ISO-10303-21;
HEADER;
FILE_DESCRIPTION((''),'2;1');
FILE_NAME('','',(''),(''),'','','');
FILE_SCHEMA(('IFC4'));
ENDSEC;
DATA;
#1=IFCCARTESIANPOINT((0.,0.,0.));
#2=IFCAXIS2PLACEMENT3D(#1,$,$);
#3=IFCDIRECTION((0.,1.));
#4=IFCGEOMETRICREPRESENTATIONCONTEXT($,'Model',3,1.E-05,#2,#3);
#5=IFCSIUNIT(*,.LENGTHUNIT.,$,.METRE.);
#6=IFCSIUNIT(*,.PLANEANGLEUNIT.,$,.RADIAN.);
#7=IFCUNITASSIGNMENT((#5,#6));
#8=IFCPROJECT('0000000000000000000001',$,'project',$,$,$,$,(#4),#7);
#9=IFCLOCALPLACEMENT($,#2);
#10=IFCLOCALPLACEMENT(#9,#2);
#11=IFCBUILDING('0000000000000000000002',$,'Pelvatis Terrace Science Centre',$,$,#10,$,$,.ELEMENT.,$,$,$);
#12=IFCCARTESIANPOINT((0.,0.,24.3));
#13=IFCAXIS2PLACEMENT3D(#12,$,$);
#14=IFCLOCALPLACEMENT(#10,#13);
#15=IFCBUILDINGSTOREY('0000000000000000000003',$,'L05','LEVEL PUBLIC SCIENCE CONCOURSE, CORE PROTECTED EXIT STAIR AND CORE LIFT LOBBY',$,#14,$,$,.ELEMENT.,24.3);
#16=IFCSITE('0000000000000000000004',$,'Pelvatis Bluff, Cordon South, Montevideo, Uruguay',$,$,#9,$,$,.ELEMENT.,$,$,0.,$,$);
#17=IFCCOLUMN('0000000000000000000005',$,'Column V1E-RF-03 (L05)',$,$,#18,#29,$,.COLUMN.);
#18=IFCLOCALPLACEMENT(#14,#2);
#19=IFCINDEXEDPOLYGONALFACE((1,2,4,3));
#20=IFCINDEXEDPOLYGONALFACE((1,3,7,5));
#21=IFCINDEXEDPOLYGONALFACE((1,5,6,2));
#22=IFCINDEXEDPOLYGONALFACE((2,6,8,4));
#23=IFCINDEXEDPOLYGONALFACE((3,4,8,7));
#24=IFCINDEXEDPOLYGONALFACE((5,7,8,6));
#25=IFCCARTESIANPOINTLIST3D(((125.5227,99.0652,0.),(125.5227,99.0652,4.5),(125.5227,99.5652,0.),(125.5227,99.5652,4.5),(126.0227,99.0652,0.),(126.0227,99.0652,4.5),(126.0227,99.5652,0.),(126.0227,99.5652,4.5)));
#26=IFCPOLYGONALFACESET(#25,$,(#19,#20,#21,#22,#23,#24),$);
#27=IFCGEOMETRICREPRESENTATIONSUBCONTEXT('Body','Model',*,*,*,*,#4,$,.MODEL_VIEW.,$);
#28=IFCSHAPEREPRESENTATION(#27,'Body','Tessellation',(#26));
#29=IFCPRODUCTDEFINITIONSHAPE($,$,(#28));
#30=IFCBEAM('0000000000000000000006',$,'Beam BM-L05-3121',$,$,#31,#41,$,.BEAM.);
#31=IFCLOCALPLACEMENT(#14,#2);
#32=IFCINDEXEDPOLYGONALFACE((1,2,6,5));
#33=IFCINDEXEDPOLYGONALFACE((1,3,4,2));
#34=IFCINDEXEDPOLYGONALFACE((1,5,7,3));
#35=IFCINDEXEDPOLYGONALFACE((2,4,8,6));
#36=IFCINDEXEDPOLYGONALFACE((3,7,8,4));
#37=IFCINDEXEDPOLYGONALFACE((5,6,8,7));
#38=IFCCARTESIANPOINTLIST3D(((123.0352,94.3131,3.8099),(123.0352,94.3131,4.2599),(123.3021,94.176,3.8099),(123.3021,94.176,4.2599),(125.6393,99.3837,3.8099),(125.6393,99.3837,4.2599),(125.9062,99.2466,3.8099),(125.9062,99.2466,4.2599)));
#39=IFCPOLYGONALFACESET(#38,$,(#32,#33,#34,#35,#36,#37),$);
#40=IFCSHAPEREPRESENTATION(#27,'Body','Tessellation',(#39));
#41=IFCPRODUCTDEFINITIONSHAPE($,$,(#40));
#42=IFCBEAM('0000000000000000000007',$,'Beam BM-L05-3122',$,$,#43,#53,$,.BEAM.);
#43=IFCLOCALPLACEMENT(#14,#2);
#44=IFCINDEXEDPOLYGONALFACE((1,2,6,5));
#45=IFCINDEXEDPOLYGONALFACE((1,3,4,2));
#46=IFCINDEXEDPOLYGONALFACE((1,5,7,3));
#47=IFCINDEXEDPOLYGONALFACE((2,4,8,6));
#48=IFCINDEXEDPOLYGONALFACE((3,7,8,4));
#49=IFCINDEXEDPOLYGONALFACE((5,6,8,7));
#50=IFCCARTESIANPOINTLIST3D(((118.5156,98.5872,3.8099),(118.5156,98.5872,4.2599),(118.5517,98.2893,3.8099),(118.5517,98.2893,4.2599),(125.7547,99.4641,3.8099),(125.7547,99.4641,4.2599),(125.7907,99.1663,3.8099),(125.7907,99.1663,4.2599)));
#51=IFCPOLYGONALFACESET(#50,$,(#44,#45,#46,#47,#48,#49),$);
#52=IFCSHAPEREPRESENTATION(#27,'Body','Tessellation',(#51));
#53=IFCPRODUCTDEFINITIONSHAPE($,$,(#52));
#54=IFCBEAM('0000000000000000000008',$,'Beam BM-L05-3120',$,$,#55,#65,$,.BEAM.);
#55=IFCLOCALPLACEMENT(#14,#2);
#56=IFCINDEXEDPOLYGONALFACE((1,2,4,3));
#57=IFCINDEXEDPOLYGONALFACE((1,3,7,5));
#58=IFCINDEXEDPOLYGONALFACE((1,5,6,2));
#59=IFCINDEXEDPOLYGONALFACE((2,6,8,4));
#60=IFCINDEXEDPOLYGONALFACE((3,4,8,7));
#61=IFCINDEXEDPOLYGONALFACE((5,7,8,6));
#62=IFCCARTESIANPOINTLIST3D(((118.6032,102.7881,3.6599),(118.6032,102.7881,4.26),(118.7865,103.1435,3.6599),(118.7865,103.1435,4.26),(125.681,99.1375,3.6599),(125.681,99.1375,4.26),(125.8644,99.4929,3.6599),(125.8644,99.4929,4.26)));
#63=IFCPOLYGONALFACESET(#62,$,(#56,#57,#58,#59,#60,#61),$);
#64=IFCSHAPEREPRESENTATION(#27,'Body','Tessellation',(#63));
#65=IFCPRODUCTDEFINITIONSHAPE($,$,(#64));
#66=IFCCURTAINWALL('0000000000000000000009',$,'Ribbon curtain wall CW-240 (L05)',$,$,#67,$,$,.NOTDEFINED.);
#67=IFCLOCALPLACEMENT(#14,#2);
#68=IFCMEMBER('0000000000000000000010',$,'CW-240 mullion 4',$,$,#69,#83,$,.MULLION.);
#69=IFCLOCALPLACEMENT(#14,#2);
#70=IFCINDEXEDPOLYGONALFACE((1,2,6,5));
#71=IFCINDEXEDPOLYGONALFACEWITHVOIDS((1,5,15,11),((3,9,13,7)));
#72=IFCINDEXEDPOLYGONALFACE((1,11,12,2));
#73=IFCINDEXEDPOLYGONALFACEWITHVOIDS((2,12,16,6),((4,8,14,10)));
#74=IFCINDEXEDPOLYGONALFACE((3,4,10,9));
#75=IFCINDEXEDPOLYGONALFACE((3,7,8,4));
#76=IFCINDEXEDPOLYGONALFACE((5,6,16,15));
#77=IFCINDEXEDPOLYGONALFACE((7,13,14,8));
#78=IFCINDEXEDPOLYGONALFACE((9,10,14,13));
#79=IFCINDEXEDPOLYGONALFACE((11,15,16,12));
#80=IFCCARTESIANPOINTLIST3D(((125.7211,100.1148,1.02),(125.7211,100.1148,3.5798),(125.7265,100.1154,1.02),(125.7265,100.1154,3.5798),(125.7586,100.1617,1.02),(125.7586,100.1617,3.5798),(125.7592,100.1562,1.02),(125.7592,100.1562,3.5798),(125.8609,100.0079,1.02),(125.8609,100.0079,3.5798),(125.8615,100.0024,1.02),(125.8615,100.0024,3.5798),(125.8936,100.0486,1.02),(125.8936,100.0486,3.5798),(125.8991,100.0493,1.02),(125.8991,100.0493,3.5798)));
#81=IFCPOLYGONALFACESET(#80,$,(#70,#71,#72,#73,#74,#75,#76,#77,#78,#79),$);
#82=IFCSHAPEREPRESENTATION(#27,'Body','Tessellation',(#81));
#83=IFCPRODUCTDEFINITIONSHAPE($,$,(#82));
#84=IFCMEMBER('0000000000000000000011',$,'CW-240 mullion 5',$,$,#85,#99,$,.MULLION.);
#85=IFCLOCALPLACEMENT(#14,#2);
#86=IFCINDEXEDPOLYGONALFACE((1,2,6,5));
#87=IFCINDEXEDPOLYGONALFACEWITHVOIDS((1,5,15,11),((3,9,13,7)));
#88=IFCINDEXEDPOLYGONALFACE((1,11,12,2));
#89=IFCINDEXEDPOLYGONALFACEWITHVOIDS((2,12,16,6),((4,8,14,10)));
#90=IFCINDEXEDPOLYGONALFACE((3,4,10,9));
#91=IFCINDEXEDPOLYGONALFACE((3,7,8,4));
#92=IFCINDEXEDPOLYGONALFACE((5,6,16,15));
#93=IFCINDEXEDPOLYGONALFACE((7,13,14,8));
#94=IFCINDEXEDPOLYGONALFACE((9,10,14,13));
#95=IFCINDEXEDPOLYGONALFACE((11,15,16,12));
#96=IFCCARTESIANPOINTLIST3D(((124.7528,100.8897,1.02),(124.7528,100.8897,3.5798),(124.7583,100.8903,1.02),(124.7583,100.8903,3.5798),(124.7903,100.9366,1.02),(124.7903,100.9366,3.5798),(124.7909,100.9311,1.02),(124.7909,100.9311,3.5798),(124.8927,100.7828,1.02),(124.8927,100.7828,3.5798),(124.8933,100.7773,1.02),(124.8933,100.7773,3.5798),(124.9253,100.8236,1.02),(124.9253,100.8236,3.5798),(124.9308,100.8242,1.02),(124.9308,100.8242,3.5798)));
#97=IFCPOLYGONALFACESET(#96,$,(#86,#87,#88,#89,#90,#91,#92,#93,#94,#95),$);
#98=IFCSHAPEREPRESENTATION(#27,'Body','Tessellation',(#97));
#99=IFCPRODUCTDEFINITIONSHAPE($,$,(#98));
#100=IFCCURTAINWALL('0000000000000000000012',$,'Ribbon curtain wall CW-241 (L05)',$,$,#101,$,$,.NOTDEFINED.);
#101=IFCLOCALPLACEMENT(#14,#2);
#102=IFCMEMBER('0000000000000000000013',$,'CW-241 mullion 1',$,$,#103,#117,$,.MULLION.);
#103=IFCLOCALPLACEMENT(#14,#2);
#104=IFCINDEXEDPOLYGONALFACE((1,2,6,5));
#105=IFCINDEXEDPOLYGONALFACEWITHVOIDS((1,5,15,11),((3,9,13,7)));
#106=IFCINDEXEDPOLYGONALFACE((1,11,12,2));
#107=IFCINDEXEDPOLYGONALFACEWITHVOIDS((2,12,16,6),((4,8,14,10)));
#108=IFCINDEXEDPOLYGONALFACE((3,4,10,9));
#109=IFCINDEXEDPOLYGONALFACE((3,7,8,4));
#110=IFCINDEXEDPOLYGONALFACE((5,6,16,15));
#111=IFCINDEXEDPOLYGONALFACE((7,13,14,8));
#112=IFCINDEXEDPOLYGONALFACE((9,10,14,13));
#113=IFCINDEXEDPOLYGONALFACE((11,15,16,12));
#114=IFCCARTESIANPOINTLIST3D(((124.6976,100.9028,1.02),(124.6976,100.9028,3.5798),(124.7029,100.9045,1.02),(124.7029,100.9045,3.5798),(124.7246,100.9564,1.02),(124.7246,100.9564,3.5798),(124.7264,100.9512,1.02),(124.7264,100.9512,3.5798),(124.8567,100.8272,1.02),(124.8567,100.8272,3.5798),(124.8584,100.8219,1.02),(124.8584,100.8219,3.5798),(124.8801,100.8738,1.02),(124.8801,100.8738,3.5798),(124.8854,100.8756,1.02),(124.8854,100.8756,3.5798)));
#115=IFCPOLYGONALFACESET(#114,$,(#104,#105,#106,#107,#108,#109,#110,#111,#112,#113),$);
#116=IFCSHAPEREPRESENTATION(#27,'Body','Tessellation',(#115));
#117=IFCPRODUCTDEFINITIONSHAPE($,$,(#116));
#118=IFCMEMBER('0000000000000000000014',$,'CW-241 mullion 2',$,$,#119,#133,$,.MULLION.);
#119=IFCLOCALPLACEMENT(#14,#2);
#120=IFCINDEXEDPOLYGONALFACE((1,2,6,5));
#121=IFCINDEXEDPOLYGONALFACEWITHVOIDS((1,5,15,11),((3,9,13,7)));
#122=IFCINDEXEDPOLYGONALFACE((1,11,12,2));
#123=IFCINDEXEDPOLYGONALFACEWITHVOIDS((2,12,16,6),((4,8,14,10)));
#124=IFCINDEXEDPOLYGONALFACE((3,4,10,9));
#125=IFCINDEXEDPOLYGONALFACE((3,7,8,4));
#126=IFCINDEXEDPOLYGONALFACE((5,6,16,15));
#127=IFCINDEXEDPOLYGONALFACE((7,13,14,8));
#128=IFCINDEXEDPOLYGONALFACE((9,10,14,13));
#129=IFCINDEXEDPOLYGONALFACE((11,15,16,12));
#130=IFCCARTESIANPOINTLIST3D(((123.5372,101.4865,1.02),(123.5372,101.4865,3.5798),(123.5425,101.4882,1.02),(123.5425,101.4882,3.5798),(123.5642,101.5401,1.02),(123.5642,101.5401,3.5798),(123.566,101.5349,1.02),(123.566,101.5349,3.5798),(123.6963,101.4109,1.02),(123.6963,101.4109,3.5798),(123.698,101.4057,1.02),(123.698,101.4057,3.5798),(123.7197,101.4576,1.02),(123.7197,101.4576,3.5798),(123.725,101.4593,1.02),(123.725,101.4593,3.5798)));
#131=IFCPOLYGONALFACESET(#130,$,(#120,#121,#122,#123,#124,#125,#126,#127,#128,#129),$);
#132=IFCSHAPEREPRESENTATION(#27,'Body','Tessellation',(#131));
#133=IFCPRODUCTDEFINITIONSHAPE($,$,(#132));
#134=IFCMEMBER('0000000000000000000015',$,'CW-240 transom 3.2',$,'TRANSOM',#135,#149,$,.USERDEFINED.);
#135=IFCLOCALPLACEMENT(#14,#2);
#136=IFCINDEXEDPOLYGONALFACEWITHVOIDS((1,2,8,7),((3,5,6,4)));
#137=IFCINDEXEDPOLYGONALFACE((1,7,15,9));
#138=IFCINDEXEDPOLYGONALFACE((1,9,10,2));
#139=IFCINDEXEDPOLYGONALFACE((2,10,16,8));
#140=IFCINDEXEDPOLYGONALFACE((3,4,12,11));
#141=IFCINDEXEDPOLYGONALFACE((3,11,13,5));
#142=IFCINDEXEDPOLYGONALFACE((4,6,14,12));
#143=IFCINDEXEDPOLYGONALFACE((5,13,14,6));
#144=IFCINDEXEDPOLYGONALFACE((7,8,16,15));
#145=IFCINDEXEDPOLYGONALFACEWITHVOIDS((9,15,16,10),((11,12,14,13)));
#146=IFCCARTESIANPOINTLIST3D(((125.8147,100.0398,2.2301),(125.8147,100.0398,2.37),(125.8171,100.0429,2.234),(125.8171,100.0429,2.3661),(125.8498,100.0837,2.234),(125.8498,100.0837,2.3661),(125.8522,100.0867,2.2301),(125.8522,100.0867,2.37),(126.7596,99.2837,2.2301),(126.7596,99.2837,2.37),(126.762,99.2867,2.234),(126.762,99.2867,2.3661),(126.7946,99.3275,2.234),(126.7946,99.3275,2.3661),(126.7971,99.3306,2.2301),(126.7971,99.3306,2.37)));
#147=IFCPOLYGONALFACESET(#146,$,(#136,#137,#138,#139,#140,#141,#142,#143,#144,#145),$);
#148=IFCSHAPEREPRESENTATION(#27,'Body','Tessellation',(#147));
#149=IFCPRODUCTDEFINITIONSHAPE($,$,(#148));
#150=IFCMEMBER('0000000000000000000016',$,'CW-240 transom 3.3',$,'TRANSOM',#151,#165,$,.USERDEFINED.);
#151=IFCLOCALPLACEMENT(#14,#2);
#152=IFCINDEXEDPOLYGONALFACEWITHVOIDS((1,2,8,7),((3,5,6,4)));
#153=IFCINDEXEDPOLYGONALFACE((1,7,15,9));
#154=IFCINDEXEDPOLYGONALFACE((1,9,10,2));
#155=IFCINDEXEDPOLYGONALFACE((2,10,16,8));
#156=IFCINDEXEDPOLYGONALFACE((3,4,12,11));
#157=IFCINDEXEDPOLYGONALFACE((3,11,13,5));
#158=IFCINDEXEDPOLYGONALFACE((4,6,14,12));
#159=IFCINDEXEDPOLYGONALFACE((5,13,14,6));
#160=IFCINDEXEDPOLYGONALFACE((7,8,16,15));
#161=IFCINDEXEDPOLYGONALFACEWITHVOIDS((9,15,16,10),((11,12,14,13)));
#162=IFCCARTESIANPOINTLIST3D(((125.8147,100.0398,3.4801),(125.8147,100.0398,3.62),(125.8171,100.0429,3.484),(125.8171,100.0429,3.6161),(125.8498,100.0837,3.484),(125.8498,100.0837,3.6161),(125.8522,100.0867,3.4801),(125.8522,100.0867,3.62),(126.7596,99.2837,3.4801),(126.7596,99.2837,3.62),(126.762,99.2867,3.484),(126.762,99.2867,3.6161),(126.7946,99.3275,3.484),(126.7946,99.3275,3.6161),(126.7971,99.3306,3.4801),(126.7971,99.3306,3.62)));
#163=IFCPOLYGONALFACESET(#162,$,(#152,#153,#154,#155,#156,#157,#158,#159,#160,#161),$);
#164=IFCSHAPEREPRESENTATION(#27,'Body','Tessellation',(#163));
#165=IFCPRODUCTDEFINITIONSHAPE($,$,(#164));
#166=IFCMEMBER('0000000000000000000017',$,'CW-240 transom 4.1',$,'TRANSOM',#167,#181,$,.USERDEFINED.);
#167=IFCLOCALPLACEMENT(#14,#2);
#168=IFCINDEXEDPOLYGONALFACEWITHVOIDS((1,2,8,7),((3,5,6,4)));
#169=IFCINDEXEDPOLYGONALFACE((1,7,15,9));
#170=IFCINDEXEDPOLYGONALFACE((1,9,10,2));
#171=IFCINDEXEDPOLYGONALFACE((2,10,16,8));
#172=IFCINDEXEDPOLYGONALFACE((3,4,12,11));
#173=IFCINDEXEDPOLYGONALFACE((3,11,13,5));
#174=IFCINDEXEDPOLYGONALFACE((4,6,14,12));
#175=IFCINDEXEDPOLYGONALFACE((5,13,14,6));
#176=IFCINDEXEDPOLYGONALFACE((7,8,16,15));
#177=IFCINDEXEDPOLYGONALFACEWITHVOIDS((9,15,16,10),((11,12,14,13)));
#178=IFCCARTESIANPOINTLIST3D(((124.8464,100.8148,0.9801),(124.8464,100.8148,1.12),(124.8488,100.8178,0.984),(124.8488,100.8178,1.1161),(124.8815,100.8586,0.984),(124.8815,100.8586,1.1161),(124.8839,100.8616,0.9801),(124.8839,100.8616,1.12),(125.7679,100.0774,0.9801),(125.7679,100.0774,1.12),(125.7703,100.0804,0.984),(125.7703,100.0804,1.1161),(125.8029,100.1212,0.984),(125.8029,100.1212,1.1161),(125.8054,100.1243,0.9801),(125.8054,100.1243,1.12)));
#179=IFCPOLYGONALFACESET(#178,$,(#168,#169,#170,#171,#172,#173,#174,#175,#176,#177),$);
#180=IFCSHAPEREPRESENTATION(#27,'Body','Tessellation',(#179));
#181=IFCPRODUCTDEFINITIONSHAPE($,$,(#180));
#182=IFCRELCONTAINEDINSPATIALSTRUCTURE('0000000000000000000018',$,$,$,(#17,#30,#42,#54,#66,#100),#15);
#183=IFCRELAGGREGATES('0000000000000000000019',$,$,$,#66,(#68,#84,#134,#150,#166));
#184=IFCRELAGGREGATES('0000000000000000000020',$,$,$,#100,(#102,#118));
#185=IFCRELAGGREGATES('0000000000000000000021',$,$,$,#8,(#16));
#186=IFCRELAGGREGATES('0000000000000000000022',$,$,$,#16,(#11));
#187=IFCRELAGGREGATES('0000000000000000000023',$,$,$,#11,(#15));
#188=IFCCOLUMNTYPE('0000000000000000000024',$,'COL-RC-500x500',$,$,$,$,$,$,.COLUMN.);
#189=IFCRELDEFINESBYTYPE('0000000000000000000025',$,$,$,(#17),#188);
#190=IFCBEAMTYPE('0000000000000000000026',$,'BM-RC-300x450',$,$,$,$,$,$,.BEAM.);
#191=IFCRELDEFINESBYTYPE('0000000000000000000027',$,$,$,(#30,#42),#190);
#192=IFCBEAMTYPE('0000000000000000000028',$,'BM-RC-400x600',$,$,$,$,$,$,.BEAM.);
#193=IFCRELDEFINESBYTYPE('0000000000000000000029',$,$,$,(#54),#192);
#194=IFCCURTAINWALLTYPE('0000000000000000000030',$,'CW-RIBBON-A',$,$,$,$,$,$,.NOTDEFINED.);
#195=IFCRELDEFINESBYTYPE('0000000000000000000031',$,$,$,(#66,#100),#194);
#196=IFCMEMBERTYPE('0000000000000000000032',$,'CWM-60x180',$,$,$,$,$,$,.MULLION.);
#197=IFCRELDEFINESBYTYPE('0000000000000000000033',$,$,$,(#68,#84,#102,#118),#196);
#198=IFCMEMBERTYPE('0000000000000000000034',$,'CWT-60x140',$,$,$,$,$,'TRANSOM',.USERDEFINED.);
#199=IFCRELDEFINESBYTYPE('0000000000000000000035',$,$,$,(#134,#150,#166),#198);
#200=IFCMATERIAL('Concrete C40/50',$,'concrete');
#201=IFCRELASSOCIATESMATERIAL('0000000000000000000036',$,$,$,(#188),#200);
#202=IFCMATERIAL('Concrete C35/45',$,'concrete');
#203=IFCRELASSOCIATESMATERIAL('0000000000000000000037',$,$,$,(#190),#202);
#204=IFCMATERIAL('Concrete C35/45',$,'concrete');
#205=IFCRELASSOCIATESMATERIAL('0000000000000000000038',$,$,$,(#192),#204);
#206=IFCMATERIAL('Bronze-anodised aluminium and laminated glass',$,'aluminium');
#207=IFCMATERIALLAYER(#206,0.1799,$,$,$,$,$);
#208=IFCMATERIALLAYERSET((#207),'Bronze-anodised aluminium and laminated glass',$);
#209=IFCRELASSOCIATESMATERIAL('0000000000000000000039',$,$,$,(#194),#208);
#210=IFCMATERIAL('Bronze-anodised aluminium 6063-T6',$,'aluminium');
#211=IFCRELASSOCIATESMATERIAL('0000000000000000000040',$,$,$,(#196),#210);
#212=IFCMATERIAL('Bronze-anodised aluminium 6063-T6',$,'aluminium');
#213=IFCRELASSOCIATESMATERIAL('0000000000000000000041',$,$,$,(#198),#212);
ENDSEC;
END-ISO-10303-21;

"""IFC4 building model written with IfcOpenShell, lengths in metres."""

from ifc_helpers import new_model, si_unit, direction, frame, origin, origin_2d, place, context, subcontext, project, spatial, rectangle, hollow_rectangle, extrude, material, layer, layer_set, material_profile, profile_set, type_object, element, aggregate, save


model = new_model("IFC4")

# Units and contexts
model_context = context("Model", 3, precision=1e-05, world=origin(), true_north=direction((0.0, 1.0)))
body_context = subcontext(model_context, "Body", "Model", "MODEL_VIEW")
ifc_project = project(units=[si_unit("LENGTHUNIT", "METRE"), si_unit("PLANEANGLEUNIT", "RADIAN")], contexts=[model_context])

# Site, building, storey
site_placement = place(None, origin())
site = spatial("IfcSite", under=ifc_project, at=site_placement, Name="Pelvatis Bluff, Cordon South, Montevideo, Uruguay", CompositionType="ELEMENT", RefElevation=0.0)
building_placement = place(site_placement, origin())
building = spatial("IfcBuilding", under=site, at=building_placement, Name="Pelvatis Terrace Science Centre", CompositionType="ELEMENT")
storey_placement = place(building_placement, frame((0.0, 0.0, 24.3)))
storey = spatial("IfcBuildingStorey", under=building, at=storey_placement, Name="L05", Description="LEVEL PUBLIC SCIENCE CONCOURSE, CORE PROTECTED EXIT STAIR AND CORE LIFT LOBBY", CompositionType="ELEMENT", Elevation=24.3)

# Column
ifc_material_1 = material(Name="Concrete C40/50", Category="concrete")
ifc_material_profile_1 = material_profile(ifc_material_1, rectangle(XDim=0.5, YDim=0.5, at=origin_2d()), Name="RC-COL 500x500")
ifc_profile_set_1 = profile_set([ifc_material_profile_1], Name="Concrete C40/50")
column_type = type_object("IfcColumnType", Name="COL-RC-500x500", PredefinedType="COLUMN", material=ifc_profile_set_1)
column_placement = place(storey_placement, frame((125.7727, 99.3152, 0.0), z_axis=(0.0, 0.0, 1.0), x_axis=(1.0, 0.0, 0.0)))
element("IfcColumn", 1, at=column_placement, inside=storey, type_object=column_type, Name="Column V1E-RF-03 (L05)", PredefinedType="COLUMN", context=body_context, shape_type="SweptSolid", body=[
    extrude(rectangle(XDim=0.5, YDim=0.5, at=origin_2d()), origin(), (0.0, 0.0, 1.0), 4.5),
])

# Beams
ifc_material_2 = material(Name="Concrete C35/45", Category="concrete")
ifc_material_profile_2 = material_profile(ifc_material_2, rectangle(XDim=0.3, YDim=0.45, at=origin_2d()), Name="RC-BM 300x450")
ifc_profile_set_2 = profile_set([ifc_material_profile_2], Name="Concrete C35/45")
beam_type_1 = type_object("IfcBeamType", Name="BM-RC-300x450", PredefinedType="BEAM", material=ifc_profile_set_2)
beam_1_placement = place(storey_placement, frame((125.7727, 99.3152, 4.0349), z_axis=(-0.456833, -0.889552, 0.0), x_axis=(0.889552, -0.456833, 0.0)))
element("IfcBeam", 2, at=beam_1_placement, inside=storey, type_object=beam_type_1, Name="Beam BM-L05-3121", PredefinedType="BEAM", context=body_context, shape_type="SweptSolid", body=[
    extrude(rectangle(XDim=0.3, YDim=0.45, at=origin_2d()), origin(), (0.0, 0.0, 1.0), 5.7002),
])
beam_2_placement = place(storey_placement, frame((125.7727, 99.3152, 4.0349), z_axis=(-0.992742, -0.120263, 0.0), x_axis=(0.120263, -0.992742, 0.0)))
element("IfcBeam", 3, at=beam_2_placement, inside=storey, type_object=beam_type_1, Name="Beam BM-L05-3122", PredefinedType="BEAM", context=body_context, shape_type="SweptSolid", body=[
    extrude(rectangle(XDim=0.3, YDim=0.45, at=origin_2d()), origin(), (0.0, 0.0, 1.0), 7.292),
])
ifc_material_3 = material(Name="Concrete C35/45", Category="concrete")
ifc_material_profile_3 = material_profile(ifc_material_3, rectangle(XDim=0.3999, YDim=0.6001, at=origin_2d()), Name="RC-BM 400x600")
ifc_profile_set_3 = profile_set([ifc_material_profile_3], Name="Concrete C35/45")
beam_type_2 = type_object("IfcBeamType", Name="BM-RC-400x600", PredefinedType="BEAM", material=ifc_profile_set_3)
beam_3_placement = place(storey_placement, frame((125.7727, 99.3152, 3.96), z_axis=(-0.888747, 0.458398, 0.0), x_axis=(-0.458398, -0.888747, 0.0)))
element("IfcBeam", 4, at=beam_3_placement, inside=storey, type_object=beam_type_2, Name="Beam BM-L05-3120", PredefinedType="BEAM", context=body_context, shape_type="SweptSolid", body=[
    extrude(rectangle(XDim=0.3999, YDim=0.6001, at=origin_2d()), origin(), (0.0, 0.0, 1.0), 7.9639),
])

# Curtain walls, members
ifc_material_4 = material(Name="Bronze-anodised aluminium and laminated glass", Category="aluminium")
ifc_layer_1 = layer(ifc_material_4, 0.1799)
ifc_layer_set_1 = layer_set([ifc_layer_1], Name="Bronze-anodised aluminium and laminated glass")
curtain_wall_type = type_object("IfcCurtainWallType", Name="CW-RIBBON-A", PredefinedType="NOTDEFINED", material=ifc_layer_set_1)
curtain_wall_1_placement = place(storey_placement, origin())
curtain_wall_1 = element("IfcCurtainWall", 5, at=curtain_wall_1_placement, inside=storey, type_object=curtain_wall_type, Name="Ribbon curtain wall CW-240 (L05)", PredefinedType="NOTDEFINED")
ifc_material_5 = material(Name="Bronze-anodised aluminium 6063-T6", Category="aluminium")
ifc_material_profile_4 = material_profile(ifc_material_5, hollow_rectangle(XDim=0.0601, YDim=0.1799, WallThickness=0.0039, at=origin_2d()), Name="ALU-MUL 60x180")
ifc_profile_set_4 = profile_set([ifc_material_profile_4], Name="Bronze-anodised aluminium 6063-T6")
member_type_1 = type_object("IfcMemberType", Name="CWM-60x180", PredefinedType="MULLION", material=ifc_profile_set_4)
member_1_placement = place(storey_placement, frame((125.8101, 100.082, 1.02), z_axis=(0.0, 0.0, 1.0), x_axis=(-0.624875, -0.780725, 0.0)))
member_1 = element("IfcMember", 6, at=member_1_placement, type_object=member_type_1, Name="CW-240 mullion 4", PredefinedType="MULLION", context=body_context, shape_type="SweptSolid", body=[
    extrude(hollow_rectangle(XDim=0.0601, YDim=0.1799, WallThickness=0.0039, at=origin_2d()), origin(), (0.0, 0.0, 1.0), 2.5598),
])
member_2_placement = place(storey_placement, frame((124.8418, 100.8569, 1.02), z_axis=(0.0, 0.0, 1.0), x_axis=(-0.624875, -0.780725, 0.0)))
member_2 = element("IfcMember", 7, at=member_2_placement, type_object=member_type_1, Name="CW-240 mullion 5", PredefinedType="MULLION", context=body_context, shape_type="SweptSolid", body=[
    extrude(hollow_rectangle(XDim=0.0601, YDim=0.1799, WallThickness=0.0039, at=origin_2d()), origin(), (0.0, 0.0, 1.0), 2.5598),
])
curtain_wall_2_placement = place(storey_placement, origin())
curtain_wall_2 = element("IfcCurtainWall", 8, at=curtain_wall_2_placement, inside=storey, type_object=curtain_wall_type, Name="Ribbon curtain wall CW-241 (L05)", PredefinedType="NOTDEFINED")
member_3_placement = place(storey_placement, frame((124.7915, 100.8892, 1.02), z_axis=(0.0, 0.0, 1.0), x_axis=(-0.449304, -0.893379, 0.0)))
member_3 = element("IfcMember", 9, at=member_3_placement, type_object=member_type_1, Name="CW-241 mullion 1", PredefinedType="MULLION", context=body_context, shape_type="SweptSolid", body=[
    extrude(hollow_rectangle(XDim=0.0601, YDim=0.1799, WallThickness=0.0039, at=origin_2d()), origin(), (0.0, 0.0, 1.0), 2.5598),
])
member_4_placement = place(storey_placement, frame((123.6311, 101.4729, 1.02), z_axis=(0.0, 0.0, 1.0), x_axis=(-0.449304, -0.893379, 0.0)))
member_4 = element("IfcMember", 10, at=member_4_placement, type_object=member_type_1, Name="CW-241 mullion 2", PredefinedType="MULLION", context=body_context, shape_type="SweptSolid", body=[
    extrude(hollow_rectangle(XDim=0.0601, YDim=0.1799, WallThickness=0.0039, at=origin_2d()), origin(), (0.0, 0.0, 1.0), 2.5598),
])

# Members
ifc_material_6 = material(Name="Bronze-anodised aluminium 6063-T6", Category="aluminium")
ifc_material_profile_5 = material_profile(ifc_material_6, hollow_rectangle(XDim=0.0601, YDim=0.1399, WallThickness=0.0039, at=origin_2d()), Name="ALU-TRN 60x140")
ifc_profile_set_5 = profile_set([ifc_material_profile_5], Name="Bronze-anodised aluminium 6063-T6")
member_type_2 = type_object("IfcMemberType", Name="CWT-60x140", ElementType="TRANSOM", PredefinedType="USERDEFINED", material=ifc_profile_set_5)
member_5_placement = place(storey_placement, frame((126.7783, 99.3071, 2.3), z_axis=(-0.78077, 0.624818, 0.0), x_axis=(-0.624818, -0.78077, 0.0)))
member_5 = element("IfcMember", 11, at=member_5_placement, type_object=member_type_2, Name="CW-240 transom 3.2", ObjectType="TRANSOM", PredefinedType="USERDEFINED", context=body_context, shape_type="SweptSolid", body=[
    extrude(hollow_rectangle(XDim=0.0601, YDim=0.1399, WallThickness=0.0039, at=origin_2d()), origin(), (0.0, 0.0, 1.0), 1.2102),
])
member_6_placement = place(storey_placement, frame((126.7783, 99.3071, 3.55), z_axis=(-0.78077, 0.624818, 0.0), x_axis=(-0.624818, -0.78077, 0.0)))
member_6 = element("IfcMember", 12, at=member_6_placement, type_object=member_type_2, Name="CW-240 transom 3.3", ObjectType="TRANSOM", PredefinedType="USERDEFINED", context=body_context, shape_type="SweptSolid", body=[
    extrude(hollow_rectangle(XDim=0.0601, YDim=0.1399, WallThickness=0.0039, at=origin_2d()), origin(), (0.0, 0.0, 1.0), 1.2102),
])
member_7_placement = place(storey_placement, frame((125.7866, 100.1008, 1.05), z_axis=(-0.780788, 0.624796, 0.0), x_axis=(-0.624796, -0.780788, 0.0)))
member_7 = element("IfcMember", 13, at=member_7_placement, type_object=member_type_2, Name="CW-240 transom 4.1", ObjectType="TRANSOM", PredefinedType="USERDEFINED", context=body_context, shape_type="SweptSolid", body=[
    extrude(hollow_rectangle(XDim=0.0601, YDim=0.1399, WallThickness=0.0039, at=origin_2d()), origin(), (0.0, 0.0, 1.0), 1.1802),
])

aggregate(curtain_wall_1, [member_1, member_2, member_5, member_6, member_7])
aggregate(curtain_wall_2, [member_3, member_4])

save(model, "model.ifc")
